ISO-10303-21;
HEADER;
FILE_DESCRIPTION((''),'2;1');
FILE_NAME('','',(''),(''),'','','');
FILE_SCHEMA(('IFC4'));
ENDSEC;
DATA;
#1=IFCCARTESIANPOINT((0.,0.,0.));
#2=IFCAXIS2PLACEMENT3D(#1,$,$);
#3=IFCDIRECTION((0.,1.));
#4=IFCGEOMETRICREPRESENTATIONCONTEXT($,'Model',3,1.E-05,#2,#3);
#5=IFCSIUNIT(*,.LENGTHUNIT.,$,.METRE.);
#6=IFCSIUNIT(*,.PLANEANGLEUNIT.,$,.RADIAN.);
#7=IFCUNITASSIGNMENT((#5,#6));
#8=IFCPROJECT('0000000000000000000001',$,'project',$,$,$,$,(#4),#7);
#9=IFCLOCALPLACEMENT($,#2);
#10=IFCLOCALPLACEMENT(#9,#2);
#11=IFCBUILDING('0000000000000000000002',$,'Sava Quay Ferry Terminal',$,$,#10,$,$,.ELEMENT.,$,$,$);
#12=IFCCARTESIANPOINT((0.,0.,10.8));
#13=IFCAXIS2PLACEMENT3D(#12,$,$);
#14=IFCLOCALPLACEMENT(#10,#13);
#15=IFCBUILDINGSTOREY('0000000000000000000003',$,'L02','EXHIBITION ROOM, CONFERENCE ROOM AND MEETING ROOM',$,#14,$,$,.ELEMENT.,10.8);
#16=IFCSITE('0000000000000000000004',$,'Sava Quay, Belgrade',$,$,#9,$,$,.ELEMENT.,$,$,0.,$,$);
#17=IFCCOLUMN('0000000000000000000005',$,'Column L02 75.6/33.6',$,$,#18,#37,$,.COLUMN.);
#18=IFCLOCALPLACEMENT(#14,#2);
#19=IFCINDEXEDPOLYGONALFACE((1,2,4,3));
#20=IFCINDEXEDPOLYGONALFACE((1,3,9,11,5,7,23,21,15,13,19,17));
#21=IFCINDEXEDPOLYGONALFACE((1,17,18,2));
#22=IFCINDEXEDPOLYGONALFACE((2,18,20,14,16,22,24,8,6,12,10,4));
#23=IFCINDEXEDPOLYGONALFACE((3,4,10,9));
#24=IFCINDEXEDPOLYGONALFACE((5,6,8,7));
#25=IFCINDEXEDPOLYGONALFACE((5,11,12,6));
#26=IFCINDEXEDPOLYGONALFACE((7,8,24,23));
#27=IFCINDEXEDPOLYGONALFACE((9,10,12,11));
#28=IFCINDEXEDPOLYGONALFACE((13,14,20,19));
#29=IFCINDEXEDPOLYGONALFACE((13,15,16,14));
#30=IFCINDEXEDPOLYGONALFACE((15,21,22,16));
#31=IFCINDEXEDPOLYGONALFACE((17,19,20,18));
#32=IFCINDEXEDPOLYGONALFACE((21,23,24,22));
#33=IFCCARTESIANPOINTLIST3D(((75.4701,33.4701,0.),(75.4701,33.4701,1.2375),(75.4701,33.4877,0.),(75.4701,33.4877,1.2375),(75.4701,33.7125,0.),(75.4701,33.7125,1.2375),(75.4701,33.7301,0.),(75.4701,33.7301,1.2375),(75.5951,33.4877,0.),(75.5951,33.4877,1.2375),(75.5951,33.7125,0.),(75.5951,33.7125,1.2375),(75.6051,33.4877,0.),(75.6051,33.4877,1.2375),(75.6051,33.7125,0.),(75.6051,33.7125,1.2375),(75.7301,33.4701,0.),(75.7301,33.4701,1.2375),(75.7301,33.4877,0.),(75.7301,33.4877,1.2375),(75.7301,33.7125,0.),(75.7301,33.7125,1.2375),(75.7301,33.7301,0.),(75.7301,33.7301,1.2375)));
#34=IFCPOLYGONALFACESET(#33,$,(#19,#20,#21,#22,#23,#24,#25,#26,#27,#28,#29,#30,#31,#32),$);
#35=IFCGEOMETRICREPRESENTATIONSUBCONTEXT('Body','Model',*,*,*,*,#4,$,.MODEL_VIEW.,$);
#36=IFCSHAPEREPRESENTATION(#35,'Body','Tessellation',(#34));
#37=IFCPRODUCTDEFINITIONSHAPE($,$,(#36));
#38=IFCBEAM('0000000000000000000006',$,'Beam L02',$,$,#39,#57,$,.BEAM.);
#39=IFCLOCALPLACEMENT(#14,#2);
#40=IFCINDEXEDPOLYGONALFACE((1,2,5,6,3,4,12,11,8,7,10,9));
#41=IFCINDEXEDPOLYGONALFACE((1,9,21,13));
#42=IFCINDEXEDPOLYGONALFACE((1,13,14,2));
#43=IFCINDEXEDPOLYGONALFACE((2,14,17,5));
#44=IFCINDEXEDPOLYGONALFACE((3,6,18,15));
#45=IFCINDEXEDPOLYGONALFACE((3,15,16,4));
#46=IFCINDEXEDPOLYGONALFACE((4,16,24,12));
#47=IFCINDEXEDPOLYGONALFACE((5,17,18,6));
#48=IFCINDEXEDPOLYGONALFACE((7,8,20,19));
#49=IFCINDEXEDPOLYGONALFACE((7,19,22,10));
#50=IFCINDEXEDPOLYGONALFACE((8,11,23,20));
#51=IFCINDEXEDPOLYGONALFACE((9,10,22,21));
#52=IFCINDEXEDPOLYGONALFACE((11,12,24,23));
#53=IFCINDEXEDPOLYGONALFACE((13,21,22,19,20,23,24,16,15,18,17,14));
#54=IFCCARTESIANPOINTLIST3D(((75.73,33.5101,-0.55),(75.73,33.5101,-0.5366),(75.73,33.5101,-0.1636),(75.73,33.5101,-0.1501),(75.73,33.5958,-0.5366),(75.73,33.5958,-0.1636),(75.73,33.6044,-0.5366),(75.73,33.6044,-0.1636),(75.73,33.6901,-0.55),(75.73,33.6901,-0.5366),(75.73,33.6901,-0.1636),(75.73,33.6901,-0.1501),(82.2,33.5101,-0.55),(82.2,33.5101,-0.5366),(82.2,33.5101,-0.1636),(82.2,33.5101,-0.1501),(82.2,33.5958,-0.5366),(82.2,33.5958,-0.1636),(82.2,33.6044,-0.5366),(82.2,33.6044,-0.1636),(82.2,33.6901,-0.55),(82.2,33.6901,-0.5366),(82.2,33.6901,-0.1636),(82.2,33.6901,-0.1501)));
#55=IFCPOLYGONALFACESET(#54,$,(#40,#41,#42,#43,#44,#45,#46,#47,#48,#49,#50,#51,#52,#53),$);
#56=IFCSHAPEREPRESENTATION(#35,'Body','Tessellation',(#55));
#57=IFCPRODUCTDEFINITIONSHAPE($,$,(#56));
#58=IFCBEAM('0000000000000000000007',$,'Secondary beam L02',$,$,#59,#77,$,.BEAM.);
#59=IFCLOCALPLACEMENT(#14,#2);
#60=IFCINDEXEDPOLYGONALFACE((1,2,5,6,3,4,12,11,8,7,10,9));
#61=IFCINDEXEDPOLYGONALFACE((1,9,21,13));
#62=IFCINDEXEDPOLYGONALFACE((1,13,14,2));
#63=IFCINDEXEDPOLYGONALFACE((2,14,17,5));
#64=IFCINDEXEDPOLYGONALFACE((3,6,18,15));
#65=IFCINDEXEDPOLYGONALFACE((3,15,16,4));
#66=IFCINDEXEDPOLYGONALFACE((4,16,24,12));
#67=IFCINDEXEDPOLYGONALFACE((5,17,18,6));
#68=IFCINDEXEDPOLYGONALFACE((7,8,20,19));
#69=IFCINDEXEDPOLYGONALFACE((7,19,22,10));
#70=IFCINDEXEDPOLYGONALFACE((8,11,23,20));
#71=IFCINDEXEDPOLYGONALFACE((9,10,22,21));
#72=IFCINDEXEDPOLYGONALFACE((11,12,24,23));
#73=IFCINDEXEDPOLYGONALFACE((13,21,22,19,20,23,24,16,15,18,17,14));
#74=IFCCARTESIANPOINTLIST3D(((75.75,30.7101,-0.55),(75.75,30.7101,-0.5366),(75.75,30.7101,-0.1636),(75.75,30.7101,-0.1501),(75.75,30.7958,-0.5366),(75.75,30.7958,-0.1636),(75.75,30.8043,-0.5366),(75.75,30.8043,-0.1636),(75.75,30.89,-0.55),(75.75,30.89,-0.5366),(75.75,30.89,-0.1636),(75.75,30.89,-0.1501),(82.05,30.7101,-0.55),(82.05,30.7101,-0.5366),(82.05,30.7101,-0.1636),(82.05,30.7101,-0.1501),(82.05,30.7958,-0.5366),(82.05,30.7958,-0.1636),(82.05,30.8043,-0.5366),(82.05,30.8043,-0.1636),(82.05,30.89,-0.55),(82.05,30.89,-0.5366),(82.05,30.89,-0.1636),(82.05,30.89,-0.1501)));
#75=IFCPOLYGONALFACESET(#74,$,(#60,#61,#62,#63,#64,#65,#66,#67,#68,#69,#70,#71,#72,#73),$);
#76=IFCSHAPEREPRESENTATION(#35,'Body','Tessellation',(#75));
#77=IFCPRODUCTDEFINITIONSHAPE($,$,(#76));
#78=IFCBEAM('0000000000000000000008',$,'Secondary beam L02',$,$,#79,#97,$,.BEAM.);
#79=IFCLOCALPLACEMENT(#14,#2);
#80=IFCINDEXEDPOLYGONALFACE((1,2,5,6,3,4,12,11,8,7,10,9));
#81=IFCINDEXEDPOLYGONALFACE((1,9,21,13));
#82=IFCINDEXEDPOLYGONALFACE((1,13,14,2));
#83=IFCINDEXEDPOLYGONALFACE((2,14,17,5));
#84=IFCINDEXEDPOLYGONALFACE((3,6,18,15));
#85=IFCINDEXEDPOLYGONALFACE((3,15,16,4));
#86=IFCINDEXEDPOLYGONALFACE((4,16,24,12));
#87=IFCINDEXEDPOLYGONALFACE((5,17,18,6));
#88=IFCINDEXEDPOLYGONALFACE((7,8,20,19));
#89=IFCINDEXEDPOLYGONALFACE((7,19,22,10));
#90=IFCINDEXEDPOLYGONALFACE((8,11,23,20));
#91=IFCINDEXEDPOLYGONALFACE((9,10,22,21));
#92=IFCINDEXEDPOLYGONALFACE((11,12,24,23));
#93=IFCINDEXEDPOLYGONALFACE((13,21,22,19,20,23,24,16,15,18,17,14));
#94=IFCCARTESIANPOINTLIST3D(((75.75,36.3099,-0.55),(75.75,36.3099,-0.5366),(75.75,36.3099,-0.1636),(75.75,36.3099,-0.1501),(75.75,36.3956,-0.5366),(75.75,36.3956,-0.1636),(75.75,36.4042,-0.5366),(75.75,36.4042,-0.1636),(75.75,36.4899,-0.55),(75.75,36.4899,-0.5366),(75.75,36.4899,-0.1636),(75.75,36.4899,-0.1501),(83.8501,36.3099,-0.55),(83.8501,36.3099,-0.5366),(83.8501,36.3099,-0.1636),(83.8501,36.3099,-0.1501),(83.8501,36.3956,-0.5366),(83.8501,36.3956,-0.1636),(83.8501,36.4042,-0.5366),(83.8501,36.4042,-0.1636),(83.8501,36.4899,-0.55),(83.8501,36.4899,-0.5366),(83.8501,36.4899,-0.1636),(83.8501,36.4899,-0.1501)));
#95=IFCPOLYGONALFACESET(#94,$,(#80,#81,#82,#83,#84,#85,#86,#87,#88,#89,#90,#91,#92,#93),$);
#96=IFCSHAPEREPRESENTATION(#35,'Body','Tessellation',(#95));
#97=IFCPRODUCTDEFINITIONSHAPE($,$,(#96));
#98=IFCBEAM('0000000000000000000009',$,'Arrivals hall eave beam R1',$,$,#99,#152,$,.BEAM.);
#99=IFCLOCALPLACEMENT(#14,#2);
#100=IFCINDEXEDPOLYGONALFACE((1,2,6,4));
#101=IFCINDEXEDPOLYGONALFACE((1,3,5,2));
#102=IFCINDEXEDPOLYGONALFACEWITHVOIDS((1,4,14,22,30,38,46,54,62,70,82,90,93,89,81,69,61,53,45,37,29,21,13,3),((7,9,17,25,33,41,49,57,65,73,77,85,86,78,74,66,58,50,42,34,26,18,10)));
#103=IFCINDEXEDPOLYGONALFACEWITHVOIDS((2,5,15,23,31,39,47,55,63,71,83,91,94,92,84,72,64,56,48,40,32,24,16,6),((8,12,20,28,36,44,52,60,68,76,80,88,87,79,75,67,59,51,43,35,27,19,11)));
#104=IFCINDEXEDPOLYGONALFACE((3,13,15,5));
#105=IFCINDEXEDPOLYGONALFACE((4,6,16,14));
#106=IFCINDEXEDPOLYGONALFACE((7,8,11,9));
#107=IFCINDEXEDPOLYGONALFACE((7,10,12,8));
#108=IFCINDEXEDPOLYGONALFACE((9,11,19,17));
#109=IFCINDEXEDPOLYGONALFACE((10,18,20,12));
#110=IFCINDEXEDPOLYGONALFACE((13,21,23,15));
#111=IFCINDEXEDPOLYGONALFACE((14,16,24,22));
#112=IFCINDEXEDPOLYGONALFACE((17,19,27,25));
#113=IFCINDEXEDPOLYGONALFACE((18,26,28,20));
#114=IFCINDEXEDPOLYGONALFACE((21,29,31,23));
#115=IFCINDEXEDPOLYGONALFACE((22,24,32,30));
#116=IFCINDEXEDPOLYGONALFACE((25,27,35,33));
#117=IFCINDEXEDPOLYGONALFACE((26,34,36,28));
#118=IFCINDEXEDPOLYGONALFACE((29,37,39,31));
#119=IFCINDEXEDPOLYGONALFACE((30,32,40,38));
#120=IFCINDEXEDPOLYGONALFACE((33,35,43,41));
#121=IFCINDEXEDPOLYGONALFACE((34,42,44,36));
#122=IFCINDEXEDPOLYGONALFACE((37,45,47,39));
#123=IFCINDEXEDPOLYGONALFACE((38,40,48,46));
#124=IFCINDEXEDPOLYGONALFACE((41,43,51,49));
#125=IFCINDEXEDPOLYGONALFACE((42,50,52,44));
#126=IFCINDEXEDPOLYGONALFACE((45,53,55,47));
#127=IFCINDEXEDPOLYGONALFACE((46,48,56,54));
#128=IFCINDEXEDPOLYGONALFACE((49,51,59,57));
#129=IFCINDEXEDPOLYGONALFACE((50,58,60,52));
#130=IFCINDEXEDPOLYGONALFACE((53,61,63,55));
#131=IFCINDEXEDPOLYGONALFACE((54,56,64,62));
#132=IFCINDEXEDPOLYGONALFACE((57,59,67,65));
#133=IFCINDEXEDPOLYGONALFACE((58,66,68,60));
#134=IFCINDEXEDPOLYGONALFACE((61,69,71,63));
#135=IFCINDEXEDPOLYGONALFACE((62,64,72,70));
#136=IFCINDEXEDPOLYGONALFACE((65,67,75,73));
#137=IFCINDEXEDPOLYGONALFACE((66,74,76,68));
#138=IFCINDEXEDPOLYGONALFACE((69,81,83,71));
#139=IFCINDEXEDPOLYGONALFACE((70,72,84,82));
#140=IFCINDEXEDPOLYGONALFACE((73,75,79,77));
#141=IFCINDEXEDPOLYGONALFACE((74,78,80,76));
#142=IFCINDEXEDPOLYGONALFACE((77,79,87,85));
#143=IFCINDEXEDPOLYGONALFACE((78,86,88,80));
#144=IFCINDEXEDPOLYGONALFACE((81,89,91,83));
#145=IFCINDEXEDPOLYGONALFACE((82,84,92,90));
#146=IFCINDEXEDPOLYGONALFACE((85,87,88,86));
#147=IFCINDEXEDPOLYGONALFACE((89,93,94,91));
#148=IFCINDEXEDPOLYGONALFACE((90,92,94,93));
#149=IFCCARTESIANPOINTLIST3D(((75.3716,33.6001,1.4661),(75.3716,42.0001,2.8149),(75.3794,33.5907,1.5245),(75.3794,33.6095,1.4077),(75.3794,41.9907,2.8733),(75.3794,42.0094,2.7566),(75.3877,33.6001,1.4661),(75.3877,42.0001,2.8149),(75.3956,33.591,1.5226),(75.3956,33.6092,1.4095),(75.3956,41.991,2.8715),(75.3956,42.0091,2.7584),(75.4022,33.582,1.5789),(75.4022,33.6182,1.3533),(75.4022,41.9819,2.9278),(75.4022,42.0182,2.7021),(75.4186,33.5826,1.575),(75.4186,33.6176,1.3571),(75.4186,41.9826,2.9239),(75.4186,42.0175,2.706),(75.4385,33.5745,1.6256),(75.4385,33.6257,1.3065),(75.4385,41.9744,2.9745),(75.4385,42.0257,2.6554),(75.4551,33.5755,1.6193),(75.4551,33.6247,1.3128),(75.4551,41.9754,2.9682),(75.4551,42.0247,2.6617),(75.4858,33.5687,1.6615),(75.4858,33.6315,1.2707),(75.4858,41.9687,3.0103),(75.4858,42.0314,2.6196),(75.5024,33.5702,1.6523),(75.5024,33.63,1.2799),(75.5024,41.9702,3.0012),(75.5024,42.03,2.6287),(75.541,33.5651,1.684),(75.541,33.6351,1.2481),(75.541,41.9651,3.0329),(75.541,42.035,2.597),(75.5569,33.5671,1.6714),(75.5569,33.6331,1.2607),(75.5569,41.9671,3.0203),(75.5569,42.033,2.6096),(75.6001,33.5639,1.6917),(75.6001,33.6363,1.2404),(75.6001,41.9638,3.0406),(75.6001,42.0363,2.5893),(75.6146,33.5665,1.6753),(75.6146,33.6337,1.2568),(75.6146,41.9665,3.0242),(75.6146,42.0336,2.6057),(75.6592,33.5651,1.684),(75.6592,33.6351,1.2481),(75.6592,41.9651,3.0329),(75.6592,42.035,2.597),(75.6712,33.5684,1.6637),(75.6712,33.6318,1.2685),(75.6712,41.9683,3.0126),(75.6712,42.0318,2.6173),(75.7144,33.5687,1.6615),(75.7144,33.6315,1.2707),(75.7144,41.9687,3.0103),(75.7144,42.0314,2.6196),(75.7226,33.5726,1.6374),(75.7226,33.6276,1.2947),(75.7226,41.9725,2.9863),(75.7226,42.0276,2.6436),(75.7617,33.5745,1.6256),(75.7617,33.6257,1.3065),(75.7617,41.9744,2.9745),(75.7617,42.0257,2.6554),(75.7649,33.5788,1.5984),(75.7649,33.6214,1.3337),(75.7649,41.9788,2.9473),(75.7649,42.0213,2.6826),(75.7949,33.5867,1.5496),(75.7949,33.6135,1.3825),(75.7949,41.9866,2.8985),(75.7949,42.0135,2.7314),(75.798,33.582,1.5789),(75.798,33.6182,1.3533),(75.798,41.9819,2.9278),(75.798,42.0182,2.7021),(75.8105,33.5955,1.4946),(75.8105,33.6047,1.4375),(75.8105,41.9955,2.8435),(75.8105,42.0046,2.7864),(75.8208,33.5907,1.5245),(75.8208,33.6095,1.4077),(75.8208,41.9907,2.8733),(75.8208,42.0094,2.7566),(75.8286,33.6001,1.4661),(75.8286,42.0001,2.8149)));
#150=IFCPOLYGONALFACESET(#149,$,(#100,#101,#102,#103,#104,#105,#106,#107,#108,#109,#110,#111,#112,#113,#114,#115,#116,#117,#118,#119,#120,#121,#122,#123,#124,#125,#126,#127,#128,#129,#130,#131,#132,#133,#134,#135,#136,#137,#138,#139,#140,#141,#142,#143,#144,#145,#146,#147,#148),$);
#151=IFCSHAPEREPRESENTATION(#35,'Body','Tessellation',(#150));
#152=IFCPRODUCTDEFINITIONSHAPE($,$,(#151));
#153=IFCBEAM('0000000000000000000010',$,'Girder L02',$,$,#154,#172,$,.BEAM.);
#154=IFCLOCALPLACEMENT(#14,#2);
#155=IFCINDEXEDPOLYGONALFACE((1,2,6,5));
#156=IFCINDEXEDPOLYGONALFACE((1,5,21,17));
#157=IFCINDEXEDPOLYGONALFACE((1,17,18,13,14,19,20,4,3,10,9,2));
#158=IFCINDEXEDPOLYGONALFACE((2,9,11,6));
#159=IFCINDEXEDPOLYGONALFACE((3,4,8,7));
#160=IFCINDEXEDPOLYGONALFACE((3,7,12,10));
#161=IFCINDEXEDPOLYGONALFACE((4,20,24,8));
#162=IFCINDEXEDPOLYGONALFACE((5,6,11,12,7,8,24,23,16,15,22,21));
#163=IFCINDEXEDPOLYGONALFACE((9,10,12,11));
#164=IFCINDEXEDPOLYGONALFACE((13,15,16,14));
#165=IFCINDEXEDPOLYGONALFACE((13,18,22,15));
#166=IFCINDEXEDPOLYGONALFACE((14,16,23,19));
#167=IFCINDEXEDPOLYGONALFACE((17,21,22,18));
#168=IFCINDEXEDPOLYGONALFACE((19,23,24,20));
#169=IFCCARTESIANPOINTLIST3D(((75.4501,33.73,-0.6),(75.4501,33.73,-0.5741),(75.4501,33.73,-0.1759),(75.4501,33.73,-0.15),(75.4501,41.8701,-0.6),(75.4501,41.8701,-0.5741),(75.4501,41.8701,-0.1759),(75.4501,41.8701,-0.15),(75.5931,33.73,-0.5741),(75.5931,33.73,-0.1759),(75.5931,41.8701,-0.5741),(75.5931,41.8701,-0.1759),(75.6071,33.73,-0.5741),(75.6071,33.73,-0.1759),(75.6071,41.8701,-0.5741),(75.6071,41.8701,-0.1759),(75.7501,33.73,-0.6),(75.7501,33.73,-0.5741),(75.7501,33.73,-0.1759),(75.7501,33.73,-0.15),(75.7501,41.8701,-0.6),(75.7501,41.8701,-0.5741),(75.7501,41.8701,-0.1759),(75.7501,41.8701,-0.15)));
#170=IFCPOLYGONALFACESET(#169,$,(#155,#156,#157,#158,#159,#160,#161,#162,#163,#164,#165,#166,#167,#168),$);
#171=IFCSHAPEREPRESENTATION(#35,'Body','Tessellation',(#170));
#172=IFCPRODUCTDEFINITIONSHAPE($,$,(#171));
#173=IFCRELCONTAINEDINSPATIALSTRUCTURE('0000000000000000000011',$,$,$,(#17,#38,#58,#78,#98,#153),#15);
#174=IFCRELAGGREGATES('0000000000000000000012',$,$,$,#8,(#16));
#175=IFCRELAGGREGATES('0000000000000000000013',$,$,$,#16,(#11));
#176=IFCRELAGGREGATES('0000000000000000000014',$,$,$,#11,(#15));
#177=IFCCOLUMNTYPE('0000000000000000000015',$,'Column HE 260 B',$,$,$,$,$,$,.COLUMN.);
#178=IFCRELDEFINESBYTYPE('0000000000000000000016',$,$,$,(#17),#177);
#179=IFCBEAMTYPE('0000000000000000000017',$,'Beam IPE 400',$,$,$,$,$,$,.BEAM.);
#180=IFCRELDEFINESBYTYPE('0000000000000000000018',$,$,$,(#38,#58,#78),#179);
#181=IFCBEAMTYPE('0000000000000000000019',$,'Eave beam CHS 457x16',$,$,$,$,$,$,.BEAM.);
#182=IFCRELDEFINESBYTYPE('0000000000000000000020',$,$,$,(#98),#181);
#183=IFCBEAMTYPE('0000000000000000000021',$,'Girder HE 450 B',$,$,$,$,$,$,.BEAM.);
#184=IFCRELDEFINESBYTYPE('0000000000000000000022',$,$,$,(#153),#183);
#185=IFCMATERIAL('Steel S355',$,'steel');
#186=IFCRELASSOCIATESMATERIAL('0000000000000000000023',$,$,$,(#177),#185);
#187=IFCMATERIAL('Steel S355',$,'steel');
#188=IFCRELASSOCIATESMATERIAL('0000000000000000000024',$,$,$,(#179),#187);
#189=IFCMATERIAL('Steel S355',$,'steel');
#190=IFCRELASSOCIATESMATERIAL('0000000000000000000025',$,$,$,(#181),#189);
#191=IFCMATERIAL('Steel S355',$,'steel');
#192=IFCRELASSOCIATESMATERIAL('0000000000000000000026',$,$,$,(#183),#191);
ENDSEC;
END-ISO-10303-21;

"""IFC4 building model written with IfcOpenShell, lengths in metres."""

from ifc_helpers import new_model, si_unit, direction, frame, origin, origin_2d, place, context, subcontext, project, spatial, hollow_circle, i_section, extrude, material, material_profile, profile_set, type_object, element, save


model = new_model("IFC4")

# Units and contexts
model_context = context("Model", 3, precision=1e-05, world=origin(), true_north=direction((0.0, 1.0)))
body_context = subcontext(model_context, "Body", "Model", "MODEL_VIEW")
ifc_project = project(units=[si_unit("LENGTHUNIT", "METRE"), si_unit("PLANEANGLEUNIT", "RADIAN")], contexts=[model_context])

# Site, building, storey
site_placement = place(None, origin())
site = spatial("IfcSite", under=ifc_project, at=site_placement, Name="Sava Quay, Belgrade", CompositionType="ELEMENT", RefElevation=0.0)
building_placement = place(site_placement, origin())
building = spatial("IfcBuilding", under=site, at=building_placement, Name="Sava Quay Ferry Terminal", CompositionType="ELEMENT")
storey_placement = place(building_placement, frame((0.0, 0.0, 10.8)))
storey = spatial("IfcBuildingStorey", under=building, at=storey_placement, Name="L02", Description="EXHIBITION ROOM, CONFERENCE ROOM AND MEETING ROOM", CompositionType="ELEMENT", Elevation=10.8)

# Column
ifc_material_1 = material(Name="Steel S355", Category="steel")
ifc_material_profile_1 = material_profile(ifc_material_1, i_section(OverallWidth=0.26, OverallDepth=0.26, WebThickness=0.01, FlangeThickness=0.0176, at=origin_2d()), Name="HE 260 B")
ifc_profile_set_1 = profile_set([ifc_material_profile_1], Name="Steel S355")
column_type = type_object("IfcColumnType", Name="Column HE 260 B", PredefinedType="COLUMN", material=ifc_profile_set_1)
column_placement = place(storey_placement, frame((75.6001, 33.6001, 0.0), z_axis=(0.0, 0.0, 1.0), x_axis=(1.0, 0.0, 0.0)))
element("IfcColumn", 1, at=column_placement, inside=storey, type_object=column_type, Name="Column L02 75.6/33.6", PredefinedType="COLUMN", context=body_context, shape_type="SweptSolid", body=[
    extrude(i_section(OverallWidth=0.26, OverallDepth=0.26, WebThickness=0.01, FlangeThickness=0.0176, at=origin_2d()), origin(), (0.0, 0.0, 1.0), 1.2375),
])

# Beams
ifc_material_2 = material(Name="Steel S355", Category="steel")
ifc_material_profile_2 = material_profile(ifc_material_2, i_section(OverallWidth=0.1799, OverallDepth=0.3999, WebThickness=0.0085, FlangeThickness=0.0134, at=origin_2d()), Name="IPE 400")
ifc_profile_set_2 = profile_set([ifc_material_profile_2], Name="Steel S355")
beam_type_1 = type_object("IfcBeamType", Name="Beam IPE 400", PredefinedType="BEAM", material=ifc_profile_set_2)
beam_1_placement = place(storey_placement, frame((75.73, 33.6001, -0.3501), z_axis=(1.0, 0.0, 0.0), x_axis=(0.0, 1.0, 0.0)))
element("IfcBeam", 2, at=beam_1_placement, inside=storey, type_object=beam_type_1, Name="Beam L02", PredefinedType="BEAM", context=body_context, shape_type="SweptSolid", body=[
    extrude(i_section(OverallWidth=0.1799, OverallDepth=0.3999, WebThickness=0.0085, FlangeThickness=0.0134, at=origin_2d()), origin(), (0.0, 0.0, 1.0), 6.47),
])
beam_2_placement = place(storey_placement, frame((75.75, 30.8, -0.3501), z_axis=(1.0, 0.0, 0.0), x_axis=(0.0, 1.0, 0.0)))
element("IfcBeam", 3, at=beam_2_placement, inside=storey, type_object=beam_type_1, Name="Secondary beam L02", PredefinedType="BEAM", context=body_context, shape_type="SweptSolid", body=[
    extrude(i_section(OverallWidth=0.1799, OverallDepth=0.3999, WebThickness=0.0085, FlangeThickness=0.0134, at=origin_2d()), origin(), (0.0, 0.0, 1.0), 6.3),
])
beam_3_placement = place(storey_placement, frame((75.75, 36.3999, -0.3501), z_axis=(1.0, 0.0, 0.0), x_axis=(0.0, 1.0, 0.0)))
element("IfcBeam", 4, at=beam_3_placement, inside=storey, type_object=beam_type_1, Name="Secondary beam L02", PredefinedType="BEAM", context=body_context, shape_type="SweptSolid", body=[
    extrude(i_section(OverallWidth=0.1799, OverallDepth=0.3999, WebThickness=0.0085, FlangeThickness=0.0134, at=origin_2d()), origin(), (0.0, 0.0, 1.0), 8.1001),
])
ifc_material_3 = material(Name="Steel S355", Category="steel")
ifc_material_profile_3 = material_profile(ifc_material_3, hollow_circle(Radius=0.2285, WallThickness=0.0161, at=origin_2d()), Name="CHS 457 x 16.0")
ifc_profile_set_3 = profile_set([ifc_material_profile_3], Name="Steel S355")
beam_type_2 = type_object("IfcBeamType", Name="Eave beam CHS 457x16", PredefinedType="BEAM", material=ifc_profile_set_3)
beam_4_placement = place(storey_placement, frame((75.6001, 33.6001, 1.4661), z_axis=(0.0, 0.987351, 0.158551), x_axis=(-1.0, 0.0, 0.0)))
element("IfcBeam", 5, at=beam_4_placement, inside=storey, type_object=beam_type_2, Name="Arrivals hall eave beam R1", PredefinedType="BEAM", context=body_context, shape_type="SweptSolid", body=[
    extrude(hollow_circle(Radius=0.2285, WallThickness=0.0161, at=origin_2d()), origin(), (0.0, 0.0, 1.0), 8.5076),
])
ifc_material_4 = material(Name="Steel S355", Category="steel")
ifc_material_profile_4 = material_profile(ifc_material_4, i_section(OverallWidth=0.3, OverallDepth=0.45, WebThickness=0.0139, FlangeThickness=0.0259, at=origin_2d()), Name="HE 450 B")
ifc_profile_set_4 = profile_set([ifc_material_profile_4], Name="Steel S355")
beam_type_3 = type_object("IfcBeamType", Name="Girder HE 450 B", PredefinedType="BEAM", material=ifc_profile_set_4)
beam_5_placement = place(storey_placement, frame((75.6001, 33.73, -0.375), z_axis=(0.0, 1.0, 0.0), x_axis=(-1.0, 0.0, 0.0)))
element("IfcBeam", 6, at=beam_5_placement, inside=storey, type_object=beam_type_3, Name="Girder L02", PredefinedType="BEAM", context=body_context, shape_type="SweptSolid", body=[
    extrude(i_section(OverallWidth=0.3, OverallDepth=0.45, WebThickness=0.0139, FlangeThickness=0.0259, at=origin_2d()), origin(), (0.0, 0.0, 1.0), 8.1401),
])

save(model, "model.ifc")
